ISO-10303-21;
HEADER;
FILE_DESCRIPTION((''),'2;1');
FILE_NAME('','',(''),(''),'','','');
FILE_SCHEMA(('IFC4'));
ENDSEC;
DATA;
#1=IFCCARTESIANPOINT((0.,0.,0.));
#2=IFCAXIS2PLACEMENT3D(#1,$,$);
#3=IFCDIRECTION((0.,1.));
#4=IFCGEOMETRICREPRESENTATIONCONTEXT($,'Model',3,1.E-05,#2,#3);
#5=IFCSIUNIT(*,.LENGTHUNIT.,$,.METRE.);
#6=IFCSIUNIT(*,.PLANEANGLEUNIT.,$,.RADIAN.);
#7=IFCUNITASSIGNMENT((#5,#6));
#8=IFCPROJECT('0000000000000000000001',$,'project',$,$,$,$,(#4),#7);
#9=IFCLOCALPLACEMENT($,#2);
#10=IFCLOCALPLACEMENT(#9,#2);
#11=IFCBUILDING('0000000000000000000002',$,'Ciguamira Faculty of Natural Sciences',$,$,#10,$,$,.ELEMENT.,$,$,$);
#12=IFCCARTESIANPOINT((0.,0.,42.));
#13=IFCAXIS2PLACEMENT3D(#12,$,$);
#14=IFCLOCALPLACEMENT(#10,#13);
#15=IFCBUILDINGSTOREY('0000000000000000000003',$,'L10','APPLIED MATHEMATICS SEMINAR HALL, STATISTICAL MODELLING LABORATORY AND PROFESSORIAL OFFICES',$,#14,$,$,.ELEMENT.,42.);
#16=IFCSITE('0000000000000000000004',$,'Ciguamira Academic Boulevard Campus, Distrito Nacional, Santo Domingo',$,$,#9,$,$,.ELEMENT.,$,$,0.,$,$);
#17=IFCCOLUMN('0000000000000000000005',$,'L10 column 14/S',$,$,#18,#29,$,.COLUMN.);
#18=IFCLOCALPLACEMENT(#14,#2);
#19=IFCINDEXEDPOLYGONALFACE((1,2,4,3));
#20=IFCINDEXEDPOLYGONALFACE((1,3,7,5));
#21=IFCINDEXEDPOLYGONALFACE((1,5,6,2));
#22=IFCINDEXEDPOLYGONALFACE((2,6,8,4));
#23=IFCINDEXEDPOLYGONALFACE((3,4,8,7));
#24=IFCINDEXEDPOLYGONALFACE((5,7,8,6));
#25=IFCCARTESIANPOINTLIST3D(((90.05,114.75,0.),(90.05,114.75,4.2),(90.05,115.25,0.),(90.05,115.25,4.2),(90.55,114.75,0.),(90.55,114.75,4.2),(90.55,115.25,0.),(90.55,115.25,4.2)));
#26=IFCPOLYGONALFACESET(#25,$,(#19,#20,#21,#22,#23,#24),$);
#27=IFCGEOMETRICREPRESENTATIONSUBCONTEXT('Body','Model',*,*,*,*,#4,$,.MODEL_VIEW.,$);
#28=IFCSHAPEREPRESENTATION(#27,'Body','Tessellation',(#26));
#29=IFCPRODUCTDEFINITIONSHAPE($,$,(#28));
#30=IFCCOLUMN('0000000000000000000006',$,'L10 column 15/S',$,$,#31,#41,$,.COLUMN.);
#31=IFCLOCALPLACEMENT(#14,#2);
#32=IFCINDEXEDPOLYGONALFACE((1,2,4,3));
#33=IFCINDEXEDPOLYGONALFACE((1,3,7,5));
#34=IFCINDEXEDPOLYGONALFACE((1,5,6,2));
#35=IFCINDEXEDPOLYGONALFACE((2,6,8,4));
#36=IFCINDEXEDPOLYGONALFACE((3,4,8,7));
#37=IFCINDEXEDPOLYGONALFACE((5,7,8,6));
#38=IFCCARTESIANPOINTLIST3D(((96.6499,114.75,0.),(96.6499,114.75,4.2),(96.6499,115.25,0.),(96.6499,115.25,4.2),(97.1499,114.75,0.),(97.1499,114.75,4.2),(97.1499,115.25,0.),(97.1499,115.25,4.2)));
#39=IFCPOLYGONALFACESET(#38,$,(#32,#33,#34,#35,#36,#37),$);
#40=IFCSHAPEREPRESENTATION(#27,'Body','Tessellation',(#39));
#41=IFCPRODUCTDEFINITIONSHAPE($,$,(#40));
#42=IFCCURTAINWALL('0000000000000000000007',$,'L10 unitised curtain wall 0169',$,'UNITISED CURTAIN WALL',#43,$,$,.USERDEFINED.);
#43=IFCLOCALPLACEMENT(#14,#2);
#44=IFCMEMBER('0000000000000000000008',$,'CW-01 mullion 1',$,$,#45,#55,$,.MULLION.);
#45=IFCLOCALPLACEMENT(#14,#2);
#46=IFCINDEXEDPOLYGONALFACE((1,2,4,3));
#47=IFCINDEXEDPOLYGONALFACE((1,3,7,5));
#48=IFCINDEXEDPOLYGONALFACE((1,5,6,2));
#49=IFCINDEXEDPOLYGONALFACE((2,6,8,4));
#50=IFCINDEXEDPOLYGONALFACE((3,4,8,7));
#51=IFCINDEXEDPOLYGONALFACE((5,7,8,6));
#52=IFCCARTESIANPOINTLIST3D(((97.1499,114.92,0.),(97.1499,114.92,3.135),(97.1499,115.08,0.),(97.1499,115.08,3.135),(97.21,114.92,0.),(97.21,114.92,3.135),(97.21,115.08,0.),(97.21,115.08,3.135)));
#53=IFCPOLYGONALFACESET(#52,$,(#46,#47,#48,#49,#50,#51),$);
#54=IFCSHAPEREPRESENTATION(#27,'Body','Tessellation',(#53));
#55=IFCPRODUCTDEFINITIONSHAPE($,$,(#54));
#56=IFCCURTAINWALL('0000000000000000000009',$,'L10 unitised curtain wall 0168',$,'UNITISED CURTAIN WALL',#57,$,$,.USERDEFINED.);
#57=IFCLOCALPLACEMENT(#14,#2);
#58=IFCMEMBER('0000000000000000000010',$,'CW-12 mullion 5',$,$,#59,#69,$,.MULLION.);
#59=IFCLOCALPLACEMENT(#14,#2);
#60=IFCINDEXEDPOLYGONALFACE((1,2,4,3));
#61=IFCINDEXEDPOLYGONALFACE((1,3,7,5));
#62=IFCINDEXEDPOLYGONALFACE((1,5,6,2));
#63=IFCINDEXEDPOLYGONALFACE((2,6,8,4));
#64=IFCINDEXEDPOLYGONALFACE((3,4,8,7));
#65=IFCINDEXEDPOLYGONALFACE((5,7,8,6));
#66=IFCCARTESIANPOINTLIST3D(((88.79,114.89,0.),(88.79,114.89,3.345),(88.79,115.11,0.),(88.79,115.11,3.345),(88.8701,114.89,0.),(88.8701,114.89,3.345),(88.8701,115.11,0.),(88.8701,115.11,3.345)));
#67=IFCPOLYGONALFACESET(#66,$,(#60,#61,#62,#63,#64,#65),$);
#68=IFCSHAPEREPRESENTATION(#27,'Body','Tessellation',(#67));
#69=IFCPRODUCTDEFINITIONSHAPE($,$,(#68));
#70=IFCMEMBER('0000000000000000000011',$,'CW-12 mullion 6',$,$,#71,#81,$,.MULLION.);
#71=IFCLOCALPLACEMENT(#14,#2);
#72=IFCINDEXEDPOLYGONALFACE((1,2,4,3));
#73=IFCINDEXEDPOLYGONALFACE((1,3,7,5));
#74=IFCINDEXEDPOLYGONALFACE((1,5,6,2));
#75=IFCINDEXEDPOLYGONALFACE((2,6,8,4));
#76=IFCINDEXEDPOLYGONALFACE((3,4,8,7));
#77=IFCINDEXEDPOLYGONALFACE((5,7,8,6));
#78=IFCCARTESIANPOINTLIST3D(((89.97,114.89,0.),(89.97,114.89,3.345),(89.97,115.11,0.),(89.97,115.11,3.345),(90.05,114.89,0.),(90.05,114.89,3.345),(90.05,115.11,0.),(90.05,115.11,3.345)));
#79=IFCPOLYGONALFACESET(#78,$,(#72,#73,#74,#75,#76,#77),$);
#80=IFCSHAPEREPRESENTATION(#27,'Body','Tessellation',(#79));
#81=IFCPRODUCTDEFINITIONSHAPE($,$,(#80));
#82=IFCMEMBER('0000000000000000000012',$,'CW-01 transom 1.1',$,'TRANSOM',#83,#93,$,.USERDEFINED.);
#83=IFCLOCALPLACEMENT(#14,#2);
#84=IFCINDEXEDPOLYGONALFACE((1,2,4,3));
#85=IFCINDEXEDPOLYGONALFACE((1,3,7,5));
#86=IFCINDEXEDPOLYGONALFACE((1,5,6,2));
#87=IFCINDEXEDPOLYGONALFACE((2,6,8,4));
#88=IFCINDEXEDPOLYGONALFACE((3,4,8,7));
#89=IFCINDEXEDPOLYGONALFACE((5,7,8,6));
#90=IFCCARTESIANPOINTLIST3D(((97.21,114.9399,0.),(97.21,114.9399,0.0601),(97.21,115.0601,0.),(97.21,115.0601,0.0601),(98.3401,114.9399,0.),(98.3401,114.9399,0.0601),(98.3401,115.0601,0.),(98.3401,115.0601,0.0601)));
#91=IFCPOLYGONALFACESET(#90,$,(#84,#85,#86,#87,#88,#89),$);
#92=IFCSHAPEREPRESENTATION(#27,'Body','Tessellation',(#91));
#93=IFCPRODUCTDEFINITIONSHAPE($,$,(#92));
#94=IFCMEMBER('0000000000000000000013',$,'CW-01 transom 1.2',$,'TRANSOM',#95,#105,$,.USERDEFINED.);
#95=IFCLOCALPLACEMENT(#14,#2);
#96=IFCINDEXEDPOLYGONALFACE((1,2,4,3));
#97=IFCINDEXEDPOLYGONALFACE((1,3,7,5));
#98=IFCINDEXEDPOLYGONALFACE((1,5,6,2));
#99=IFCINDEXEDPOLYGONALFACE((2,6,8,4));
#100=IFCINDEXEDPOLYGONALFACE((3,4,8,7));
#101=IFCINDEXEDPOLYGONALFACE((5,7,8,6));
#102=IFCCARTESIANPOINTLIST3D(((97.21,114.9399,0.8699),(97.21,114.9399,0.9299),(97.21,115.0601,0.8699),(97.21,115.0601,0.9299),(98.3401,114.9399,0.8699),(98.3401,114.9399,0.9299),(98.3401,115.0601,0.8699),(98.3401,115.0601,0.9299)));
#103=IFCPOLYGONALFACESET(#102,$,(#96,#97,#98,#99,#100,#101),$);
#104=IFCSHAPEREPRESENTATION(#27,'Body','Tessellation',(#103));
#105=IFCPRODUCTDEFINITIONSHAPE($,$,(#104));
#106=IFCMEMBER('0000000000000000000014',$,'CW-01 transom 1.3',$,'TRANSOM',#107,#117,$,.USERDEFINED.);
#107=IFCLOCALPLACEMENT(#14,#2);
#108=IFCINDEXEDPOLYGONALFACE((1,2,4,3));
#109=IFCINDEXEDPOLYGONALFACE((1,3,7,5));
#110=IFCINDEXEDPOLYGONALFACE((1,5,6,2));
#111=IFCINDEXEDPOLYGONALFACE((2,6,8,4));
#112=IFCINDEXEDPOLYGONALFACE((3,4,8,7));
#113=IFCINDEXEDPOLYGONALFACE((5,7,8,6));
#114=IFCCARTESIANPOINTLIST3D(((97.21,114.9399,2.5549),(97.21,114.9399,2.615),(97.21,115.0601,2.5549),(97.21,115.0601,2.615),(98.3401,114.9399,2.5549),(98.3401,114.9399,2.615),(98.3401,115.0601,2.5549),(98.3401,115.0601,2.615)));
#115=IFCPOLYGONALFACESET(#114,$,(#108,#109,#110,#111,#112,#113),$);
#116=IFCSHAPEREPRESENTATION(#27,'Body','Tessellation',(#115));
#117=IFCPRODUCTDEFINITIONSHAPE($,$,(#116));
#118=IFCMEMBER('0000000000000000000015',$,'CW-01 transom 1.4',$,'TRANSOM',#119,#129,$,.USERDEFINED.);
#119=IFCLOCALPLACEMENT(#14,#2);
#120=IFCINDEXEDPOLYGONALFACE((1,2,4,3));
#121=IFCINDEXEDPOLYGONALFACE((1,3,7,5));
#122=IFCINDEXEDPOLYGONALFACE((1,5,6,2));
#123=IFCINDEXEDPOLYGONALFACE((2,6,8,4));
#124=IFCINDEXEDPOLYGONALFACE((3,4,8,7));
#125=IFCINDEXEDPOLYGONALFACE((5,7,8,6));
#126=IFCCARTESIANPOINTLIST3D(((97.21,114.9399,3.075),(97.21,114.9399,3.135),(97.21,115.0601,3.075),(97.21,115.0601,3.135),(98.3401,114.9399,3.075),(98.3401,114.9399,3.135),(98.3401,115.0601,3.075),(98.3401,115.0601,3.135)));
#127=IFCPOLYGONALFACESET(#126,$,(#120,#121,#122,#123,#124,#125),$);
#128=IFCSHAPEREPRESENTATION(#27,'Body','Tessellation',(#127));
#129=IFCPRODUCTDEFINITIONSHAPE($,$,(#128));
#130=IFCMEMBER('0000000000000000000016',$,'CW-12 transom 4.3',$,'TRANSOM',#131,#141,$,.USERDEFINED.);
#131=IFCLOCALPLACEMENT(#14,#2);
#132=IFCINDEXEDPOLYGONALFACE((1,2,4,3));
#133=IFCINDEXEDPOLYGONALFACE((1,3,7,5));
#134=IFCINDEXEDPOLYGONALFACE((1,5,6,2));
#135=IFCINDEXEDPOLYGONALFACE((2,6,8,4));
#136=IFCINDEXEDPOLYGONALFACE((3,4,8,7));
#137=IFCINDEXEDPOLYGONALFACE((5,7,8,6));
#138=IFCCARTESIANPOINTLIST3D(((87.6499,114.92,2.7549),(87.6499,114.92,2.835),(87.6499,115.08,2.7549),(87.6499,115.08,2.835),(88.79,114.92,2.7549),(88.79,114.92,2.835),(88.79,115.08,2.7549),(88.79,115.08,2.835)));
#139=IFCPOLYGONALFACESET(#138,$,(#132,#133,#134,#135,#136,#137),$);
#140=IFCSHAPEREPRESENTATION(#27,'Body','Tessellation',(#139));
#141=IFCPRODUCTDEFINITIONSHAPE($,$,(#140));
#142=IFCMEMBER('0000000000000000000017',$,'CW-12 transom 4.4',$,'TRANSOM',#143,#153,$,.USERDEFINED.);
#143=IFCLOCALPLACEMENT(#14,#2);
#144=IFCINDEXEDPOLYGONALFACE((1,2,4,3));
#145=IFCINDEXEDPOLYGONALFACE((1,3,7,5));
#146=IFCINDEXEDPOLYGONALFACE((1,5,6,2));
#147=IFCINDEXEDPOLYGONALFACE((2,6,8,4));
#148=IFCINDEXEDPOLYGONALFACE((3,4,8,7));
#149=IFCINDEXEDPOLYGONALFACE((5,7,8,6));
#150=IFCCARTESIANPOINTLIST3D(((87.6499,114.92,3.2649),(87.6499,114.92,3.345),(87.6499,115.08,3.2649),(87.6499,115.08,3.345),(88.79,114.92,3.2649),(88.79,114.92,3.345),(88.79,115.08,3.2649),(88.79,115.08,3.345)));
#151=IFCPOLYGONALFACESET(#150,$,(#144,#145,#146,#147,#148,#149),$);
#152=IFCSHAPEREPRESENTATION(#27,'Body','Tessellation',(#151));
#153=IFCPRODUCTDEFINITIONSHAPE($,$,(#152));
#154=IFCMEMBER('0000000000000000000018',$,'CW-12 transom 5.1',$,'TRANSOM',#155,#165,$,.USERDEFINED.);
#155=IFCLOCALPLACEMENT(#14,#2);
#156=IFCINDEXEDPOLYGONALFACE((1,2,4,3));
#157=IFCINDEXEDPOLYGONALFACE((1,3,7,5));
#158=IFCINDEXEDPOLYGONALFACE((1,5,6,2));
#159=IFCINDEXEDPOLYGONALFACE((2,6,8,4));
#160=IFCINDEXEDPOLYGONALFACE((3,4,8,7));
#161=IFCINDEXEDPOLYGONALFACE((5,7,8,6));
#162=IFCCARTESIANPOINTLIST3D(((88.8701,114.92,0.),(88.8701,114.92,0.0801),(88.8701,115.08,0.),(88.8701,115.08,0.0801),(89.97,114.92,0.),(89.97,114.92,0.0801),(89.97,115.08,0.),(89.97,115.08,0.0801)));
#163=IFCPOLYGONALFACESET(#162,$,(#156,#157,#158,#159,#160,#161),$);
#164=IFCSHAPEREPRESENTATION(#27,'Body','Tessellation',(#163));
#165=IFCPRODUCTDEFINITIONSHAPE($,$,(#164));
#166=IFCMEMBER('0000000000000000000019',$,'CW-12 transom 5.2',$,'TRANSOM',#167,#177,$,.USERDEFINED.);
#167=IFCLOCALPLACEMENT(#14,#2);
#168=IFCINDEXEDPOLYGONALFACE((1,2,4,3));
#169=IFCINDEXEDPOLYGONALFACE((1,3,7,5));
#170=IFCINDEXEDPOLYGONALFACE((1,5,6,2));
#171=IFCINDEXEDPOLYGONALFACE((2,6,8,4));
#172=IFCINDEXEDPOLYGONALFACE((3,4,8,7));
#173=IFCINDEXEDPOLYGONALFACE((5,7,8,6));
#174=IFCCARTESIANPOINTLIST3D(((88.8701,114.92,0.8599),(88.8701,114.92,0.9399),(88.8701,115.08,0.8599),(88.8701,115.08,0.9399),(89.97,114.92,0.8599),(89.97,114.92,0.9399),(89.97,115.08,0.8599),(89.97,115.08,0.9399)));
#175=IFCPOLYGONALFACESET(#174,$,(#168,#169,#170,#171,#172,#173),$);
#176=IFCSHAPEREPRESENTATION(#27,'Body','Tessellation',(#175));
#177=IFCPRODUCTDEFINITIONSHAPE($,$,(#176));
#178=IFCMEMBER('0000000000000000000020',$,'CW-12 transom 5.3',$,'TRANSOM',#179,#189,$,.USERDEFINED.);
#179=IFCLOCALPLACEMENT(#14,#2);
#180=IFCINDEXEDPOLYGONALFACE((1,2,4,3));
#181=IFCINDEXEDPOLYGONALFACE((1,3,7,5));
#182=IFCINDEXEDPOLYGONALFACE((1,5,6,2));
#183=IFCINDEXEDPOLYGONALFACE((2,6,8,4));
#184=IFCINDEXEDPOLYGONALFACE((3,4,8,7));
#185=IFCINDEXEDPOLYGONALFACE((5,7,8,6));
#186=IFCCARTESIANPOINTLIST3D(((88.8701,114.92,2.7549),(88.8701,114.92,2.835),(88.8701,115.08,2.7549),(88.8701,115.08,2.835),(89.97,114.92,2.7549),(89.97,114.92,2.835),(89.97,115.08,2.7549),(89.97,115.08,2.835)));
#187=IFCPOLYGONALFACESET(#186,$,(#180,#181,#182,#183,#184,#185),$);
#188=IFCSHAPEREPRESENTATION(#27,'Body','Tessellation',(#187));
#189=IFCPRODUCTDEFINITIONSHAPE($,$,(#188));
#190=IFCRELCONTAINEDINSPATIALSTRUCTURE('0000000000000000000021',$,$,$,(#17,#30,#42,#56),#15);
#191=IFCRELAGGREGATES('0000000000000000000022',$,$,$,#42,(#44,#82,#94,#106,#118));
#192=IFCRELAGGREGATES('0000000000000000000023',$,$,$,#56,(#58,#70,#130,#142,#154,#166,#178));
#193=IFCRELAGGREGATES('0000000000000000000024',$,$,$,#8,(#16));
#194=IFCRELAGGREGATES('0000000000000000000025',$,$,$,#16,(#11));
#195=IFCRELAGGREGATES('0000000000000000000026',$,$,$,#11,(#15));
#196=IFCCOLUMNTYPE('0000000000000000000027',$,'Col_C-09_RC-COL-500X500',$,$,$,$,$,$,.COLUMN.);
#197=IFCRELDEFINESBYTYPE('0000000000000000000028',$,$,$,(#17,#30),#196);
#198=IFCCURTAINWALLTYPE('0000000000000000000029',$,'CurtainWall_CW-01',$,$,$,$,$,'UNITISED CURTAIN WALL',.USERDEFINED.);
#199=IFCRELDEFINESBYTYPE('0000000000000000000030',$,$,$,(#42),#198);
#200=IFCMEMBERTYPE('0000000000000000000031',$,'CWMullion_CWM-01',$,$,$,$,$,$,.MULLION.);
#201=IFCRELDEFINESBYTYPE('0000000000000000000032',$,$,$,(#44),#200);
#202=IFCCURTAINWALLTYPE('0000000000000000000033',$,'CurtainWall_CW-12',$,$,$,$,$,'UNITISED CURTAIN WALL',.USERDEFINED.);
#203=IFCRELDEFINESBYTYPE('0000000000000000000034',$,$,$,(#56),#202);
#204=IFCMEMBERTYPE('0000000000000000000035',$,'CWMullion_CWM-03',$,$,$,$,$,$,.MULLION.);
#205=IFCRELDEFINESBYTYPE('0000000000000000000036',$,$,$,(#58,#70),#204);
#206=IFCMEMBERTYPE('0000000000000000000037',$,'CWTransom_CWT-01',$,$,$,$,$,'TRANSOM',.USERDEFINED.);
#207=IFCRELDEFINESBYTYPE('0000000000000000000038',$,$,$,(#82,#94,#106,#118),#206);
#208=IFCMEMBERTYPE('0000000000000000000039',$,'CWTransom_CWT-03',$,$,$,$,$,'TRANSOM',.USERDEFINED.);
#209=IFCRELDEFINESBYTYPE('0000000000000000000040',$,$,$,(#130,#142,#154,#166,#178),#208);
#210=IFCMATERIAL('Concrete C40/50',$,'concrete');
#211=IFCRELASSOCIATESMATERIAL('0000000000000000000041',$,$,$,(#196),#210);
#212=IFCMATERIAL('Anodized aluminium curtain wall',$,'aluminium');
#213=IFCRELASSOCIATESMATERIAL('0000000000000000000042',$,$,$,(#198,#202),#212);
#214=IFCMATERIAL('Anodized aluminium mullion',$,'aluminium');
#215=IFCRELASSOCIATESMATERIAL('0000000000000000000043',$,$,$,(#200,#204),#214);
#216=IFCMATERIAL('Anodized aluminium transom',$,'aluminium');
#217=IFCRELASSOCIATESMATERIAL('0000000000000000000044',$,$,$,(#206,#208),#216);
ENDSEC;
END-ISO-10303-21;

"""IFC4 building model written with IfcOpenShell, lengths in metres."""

from ifc_helpers import new_model, si_unit, direction, frame, origin, origin_2d, place, context, subcontext, project, spatial, rectangle, extrude, material, material_profile, profile_set, type_object, element, aggregate, save


model = new_model("IFC4")

# Units and contexts
model_context = context("Model", 3, precision=1e-05, world=origin(), true_north=direction((0.0, 1.0)))
body_context = subcontext(model_context, "Body", "Model", "MODEL_VIEW")
ifc_project = project(units=[si_unit("LENGTHUNIT", "METRE"), si_unit("PLANEANGLEUNIT", "RADIAN")], contexts=[model_context])

# Site, building, storey
site_placement = place(None, origin())
site = spatial("IfcSite", under=ifc_project, at=site_placement, Name="Ciguamira Academic Boulevard Campus, Distrito Nacional, Santo Domingo", CompositionType="ELEMENT", RefElevation=0.0)
building_placement = place(site_placement, origin())
building = spatial("IfcBuilding", under=site, at=building_placement, Name="Ciguamira Faculty of Natural Sciences", CompositionType="ELEMENT")
storey_placement = place(building_placement, frame((0.0, 0.0, 42.0)))
storey = spatial("IfcBuildingStorey", under=building, at=storey_placement, Name="L10", Description="APPLIED MATHEMATICS SEMINAR HALL, STATISTICAL MODELLING LABORATORY AND PROFESSORIAL OFFICES", CompositionType="ELEMENT", Elevation=42.0)

# Columns
ifc_material_1 = material(Name="Concrete C40/50", Category="concrete")
ifc_material_profile_1 = material_profile(ifc_material_1, rectangle(XDim=0.5, YDim=0.5, at=origin_2d()), Name="RC-COL-500X500")
ifc_profile_set_1 = profile_set([ifc_material_profile_1], Name="Concrete C40/50")
column_type = type_object("IfcColumnType", Name="Col_C-09_RC-COL-500X500", PredefinedType="COLUMN", material=ifc_profile_set_1)
for number, where, z_axis, x_axis, name in (
    (1, (90.3, 115.0, 0.0), (0.0, 0.0, 1.0), (1.0, 0.0, 0.0), "L10 column 14/S"),
    (2, (96.8999, 115.0, 0.0), (0.0, 0.0, 1.0), (1.0, 0.0, 0.0), "L10 column 15/S"),
):
    element("IfcColumn", number, at=place(storey_placement, frame(where, z_axis=z_axis, x_axis=x_axis)), inside=storey, type_object=column_type, Name=name, PredefinedType="COLUMN", context=body_context, shape_type="SweptSolid", body=[
        extrude(rectangle(XDim=0.5, YDim=0.5, at=origin_2d()), origin(), (0.0, 0.0, 1.0), 4.2),
    ])

# Curtain wall, member
ifc_material_2 = material(Name="Anodized aluminium curtain wall", Category="aluminium")
curtain_wall_type_1 = type_object("IfcCurtainWallType", Name="CurtainWall_CW-01", ElementType="UNITISED CURTAIN WALL", PredefinedType="USERDEFINED", material=ifc_material_2)
curtain_wall_1_placement = place(storey_placement, origin())
curtain_wall_1 = element("IfcCurtainWall", 3, at=curtain_wall_1_placement, inside=storey, type_object=curtain_wall_type_1, Name="L10 unitised curtain wall 0169", ObjectType="UNITISED CURTAIN WALL", PredefinedType="USERDEFINED")
ifc_material_3 = material(Name="Anodized aluminium mullion", Category="aluminium")
ifc_material_profile_2 = material_profile(ifc_material_3, rectangle(XDim=0.0601, YDim=0.1599, at=origin_2d()), Name="ALU-MUL-60X160")
ifc_profile_set_2 = profile_set([ifc_material_profile_2], Name="Anodized aluminium mullion")
member_type_1 = type_object("IfcMemberType", Name="CWMullion_CWM-01", PredefinedType="MULLION", material=ifc_profile_set_2)
member_1_placement = place(storey_placement, frame((97.1799, 115.0, 0.0), z_axis=(0.0, 0.0, 1.0), x_axis=(1.0, 0.0, 0.0)))
member_1 = element("IfcMember", 4, at=member_1_placement, type_object=member_type_1, Name="CW-01 mullion 1", PredefinedType="MULLION", context=body_context, shape_type="SweptSolid", body=[
    extrude(rectangle(XDim=0.0601, YDim=0.1599, at=origin_2d()), origin(), (0.0, 0.0, 1.0), 3.135),
])

# Curtain wall, members
curtain_wall_type_2 = type_object("IfcCurtainWallType", Name="CurtainWall_CW-12", ElementType="UNITISED CURTAIN WALL", PredefinedType="USERDEFINED", material=ifc_material_2)
curtain_wall_2_placement = place(storey_placement, origin())
curtain_wall_2 = element("IfcCurtainWall", 5, at=curtain_wall_2_placement, inside=storey, type_object=curtain_wall_type_2, Name="L10 unitised curtain wall 0168", ObjectType="UNITISED CURTAIN WALL", PredefinedType="USERDEFINED")
ifc_material_profile_3 = material_profile(ifc_material_3, rectangle(XDim=0.0801, YDim=0.22, at=origin_2d()), Name="ALU-MUL-80X220")
ifc_profile_set_3 = profile_set([ifc_material_profile_3], Name="Anodized aluminium mullion")
member_type_2 = type_object("IfcMemberType", Name="CWMullion_CWM-03", PredefinedType="MULLION", material=ifc_profile_set_3)
member_2_placement = place(storey_placement, frame((88.8301, 115.0, 0.0), z_axis=(0.0, 0.0, 1.0), x_axis=(1.0, 0.0, 0.0)))
member_2 = element("IfcMember", 6, at=member_2_placement, type_object=member_type_2, Name="CW-12 mullion 5", PredefinedType="MULLION", context=body_context, shape_type="SweptSolid", body=[
    extrude(rectangle(XDim=0.0801, YDim=0.22, at=origin_2d()), origin(), (0.0, 0.0, 1.0), 3.345),
])
member_3_placement = place(storey_placement, frame((90.01, 115.0, 0.0), z_axis=(0.0, 0.0, 1.0), x_axis=(1.0, 0.0, 0.0)))
member_3 = element("IfcMember", 7, at=member_3_placement, type_object=member_type_2, Name="CW-12 mullion 6", PredefinedType="MULLION", context=body_context, shape_type="SweptSolid", body=[
    extrude(rectangle(XDim=0.0801, YDim=0.22, at=origin_2d()), origin(), (0.0, 0.0, 1.0), 3.345),
])

# Members
ifc_material_4 = material(Name="Anodized aluminium transom", Category="aluminium")
ifc_material_profile_4 = material_profile(ifc_material_4, rectangle(XDim=0.0601, YDim=0.1201, at=origin_2d()), Name="ALU-TRN-60X120")
ifc_profile_set_4 = profile_set([ifc_material_profile_4], Name="Anodized aluminium transom")
member_type_3 = type_object("IfcMemberType", Name="CWTransom_CWT-01", ElementType="TRANSOM", PredefinedType="USERDEFINED", material=ifc_profile_set_4)
member_4_placement = place(storey_placement, frame((97.21, 115.0, 0.03), z_axis=(1.0, 0.0, 0.0), x_axis=(0.0, 0.0, 1.0)))
member_4 = element("IfcMember", 8, at=member_4_placement, type_object=member_type_3, Name="CW-01 transom 1.1", ObjectType="TRANSOM", PredefinedType="USERDEFINED", context=body_context, shape_type="SweptSolid", body=[
    extrude(rectangle(XDim=0.0601, YDim=0.1201, at=origin_2d()), origin(), (0.0, 0.0, 1.0), 1.1301),
])
member_5_placement = place(storey_placement, frame((97.21, 115.0, 0.8999), z_axis=(1.0, 0.0, 0.0), x_axis=(0.0, 0.0, 1.0)))
member_5 = element("IfcMember", 9, at=member_5_placement, type_object=member_type_3, Name="CW-01 transom 1.2", ObjectType="TRANSOM", PredefinedType="USERDEFINED", context=body_context, shape_type="SweptSolid", body=[
    extrude(rectangle(XDim=0.0601, YDim=0.1201, at=origin_2d()), origin(), (0.0, 0.0, 1.0), 1.1301),
])
member_6_placement = place(storey_placement, frame((97.21, 115.0, 2.585), z_axis=(1.0, 0.0, 0.0), x_axis=(0.0, 0.0, 1.0)))
member_6 = element("IfcMember", 10, at=member_6_placement, type_object=member_type_3, Name="CW-01 transom 1.3", ObjectType="TRANSOM", PredefinedType="USERDEFINED", context=body_context, shape_type="SweptSolid", body=[
    extrude(rectangle(XDim=0.0601, YDim=0.1201, at=origin_2d()), origin(), (0.0, 0.0, 1.0), 1.1301),
])
member_7_placement = place(storey_placement, frame((97.21, 115.0, 3.105), z_axis=(1.0, 0.0, 0.0), x_axis=(0.0, 0.0, 1.0)))
member_7 = element("IfcMember", 11, at=member_7_placement, type_object=member_type_3, Name="CW-01 transom 1.4", ObjectType="TRANSOM", PredefinedType="USERDEFINED", context=body_context, shape_type="SweptSolid", body=[
    extrude(rectangle(XDim=0.0601, YDim=0.1201, at=origin_2d()), origin(), (0.0, 0.0, 1.0), 1.1301),
])
aggregate(curtain_wall_1, [member_1, member_4, member_5, member_6, member_7])
ifc_material_profile_5 = material_profile(ifc_material_4, rectangle(XDim=0.0801, YDim=0.1599, at=origin_2d()), Name="ALU-TRN-80X160")
ifc_profile_set_5 = profile_set([ifc_material_profile_5], Name="Anodized aluminium transom")
member_type_4 = type_object("IfcMemberType", Name="CWTransom_CWT-03", ElementType="TRANSOM", PredefinedType="USERDEFINED", material=ifc_profile_set_5)
member_8_placement = place(storey_placement, frame((87.6499, 115.0, 2.7949), z_axis=(1.0, 0.0, 0.0), x_axis=(0.0, 0.0, 1.0)))
member_8 = element("IfcMember", 12, at=member_8_placement, type_object=member_type_4, Name="CW-12 transom 4.3", ObjectType="TRANSOM", PredefinedType="USERDEFINED", context=body_context, shape_type="SweptSolid", body=[
    extrude(rectangle(XDim=0.0801, YDim=0.1599, at=origin_2d()), origin(), (0.0, 0.0, 1.0), 1.1401),
])
member_9_placement = place(storey_placement, frame((87.6499, 115.0, 3.3049), z_axis=(1.0, 0.0, 0.0), x_axis=(0.0, 0.0, 1.0)))
member_9 = element("IfcMember", 13, at=member_9_placement, type_object=member_type_4, Name="CW-12 transom 4.4", ObjectType="TRANSOM", PredefinedType="USERDEFINED", context=body_context, shape_type="SweptSolid", body=[
    extrude(rectangle(XDim=0.0801, YDim=0.1599, at=origin_2d()), origin(), (0.0, 0.0, 1.0), 1.1401),
])
member_10_placement = place(storey_placement, frame((88.8701, 115.0, 0.04), z_axis=(1.0, 0.0, 0.0), x_axis=(0.0, 0.0, 1.0)))
member_10 = element("IfcMember", 14, at=member_10_placement, type_object=member_type_4, Name="CW-12 transom 5.1", ObjectType="TRANSOM", PredefinedType="USERDEFINED", context=body_context, shape_type="SweptSolid", body=[
    extrude(rectangle(XDim=0.0801, YDim=0.1599, at=origin_2d()), origin(), (0.0, 0.0, 1.0), 1.0999),
])
member_11_placement = place(storey_placement, frame((88.8701, 115.0, 0.8999), z_axis=(1.0, 0.0, 0.0), x_axis=(0.0, 0.0, 1.0)))
member_11 = element("IfcMember", 15, at=member_11_placement, type_object=member_type_4, Name="CW-12 transom 5.2", ObjectType="TRANSOM", PredefinedType="USERDEFINED", context=body_context, shape_type="SweptSolid", body=[
    extrude(rectangle(XDim=0.0801, YDim=0.1599, at=origin_2d()), origin(), (0.0, 0.0, 1.0), 1.0999),
])
member_12_placement = place(storey_placement, frame((88.8701, 115.0, 2.7949), z_axis=(1.0, 0.0, 0.0), x_axis=(0.0, 0.0, 1.0)))
member_12 = element("IfcMember", 16, at=member_12_placement, type_object=member_type_4, Name="CW-12 transom 5.3", ObjectType="TRANSOM", PredefinedType="USERDEFINED", context=body_context, shape_type="SweptSolid", body=[
    extrude(rectangle(XDim=0.0801, YDim=0.1599, at=origin_2d()), origin(), (0.0, 0.0, 1.0), 1.0999),
])

aggregate(curtain_wall_2, [member_2, member_3, member_8, member_9, member_10, member_11, member_12])

save(model, "model.ifc")
